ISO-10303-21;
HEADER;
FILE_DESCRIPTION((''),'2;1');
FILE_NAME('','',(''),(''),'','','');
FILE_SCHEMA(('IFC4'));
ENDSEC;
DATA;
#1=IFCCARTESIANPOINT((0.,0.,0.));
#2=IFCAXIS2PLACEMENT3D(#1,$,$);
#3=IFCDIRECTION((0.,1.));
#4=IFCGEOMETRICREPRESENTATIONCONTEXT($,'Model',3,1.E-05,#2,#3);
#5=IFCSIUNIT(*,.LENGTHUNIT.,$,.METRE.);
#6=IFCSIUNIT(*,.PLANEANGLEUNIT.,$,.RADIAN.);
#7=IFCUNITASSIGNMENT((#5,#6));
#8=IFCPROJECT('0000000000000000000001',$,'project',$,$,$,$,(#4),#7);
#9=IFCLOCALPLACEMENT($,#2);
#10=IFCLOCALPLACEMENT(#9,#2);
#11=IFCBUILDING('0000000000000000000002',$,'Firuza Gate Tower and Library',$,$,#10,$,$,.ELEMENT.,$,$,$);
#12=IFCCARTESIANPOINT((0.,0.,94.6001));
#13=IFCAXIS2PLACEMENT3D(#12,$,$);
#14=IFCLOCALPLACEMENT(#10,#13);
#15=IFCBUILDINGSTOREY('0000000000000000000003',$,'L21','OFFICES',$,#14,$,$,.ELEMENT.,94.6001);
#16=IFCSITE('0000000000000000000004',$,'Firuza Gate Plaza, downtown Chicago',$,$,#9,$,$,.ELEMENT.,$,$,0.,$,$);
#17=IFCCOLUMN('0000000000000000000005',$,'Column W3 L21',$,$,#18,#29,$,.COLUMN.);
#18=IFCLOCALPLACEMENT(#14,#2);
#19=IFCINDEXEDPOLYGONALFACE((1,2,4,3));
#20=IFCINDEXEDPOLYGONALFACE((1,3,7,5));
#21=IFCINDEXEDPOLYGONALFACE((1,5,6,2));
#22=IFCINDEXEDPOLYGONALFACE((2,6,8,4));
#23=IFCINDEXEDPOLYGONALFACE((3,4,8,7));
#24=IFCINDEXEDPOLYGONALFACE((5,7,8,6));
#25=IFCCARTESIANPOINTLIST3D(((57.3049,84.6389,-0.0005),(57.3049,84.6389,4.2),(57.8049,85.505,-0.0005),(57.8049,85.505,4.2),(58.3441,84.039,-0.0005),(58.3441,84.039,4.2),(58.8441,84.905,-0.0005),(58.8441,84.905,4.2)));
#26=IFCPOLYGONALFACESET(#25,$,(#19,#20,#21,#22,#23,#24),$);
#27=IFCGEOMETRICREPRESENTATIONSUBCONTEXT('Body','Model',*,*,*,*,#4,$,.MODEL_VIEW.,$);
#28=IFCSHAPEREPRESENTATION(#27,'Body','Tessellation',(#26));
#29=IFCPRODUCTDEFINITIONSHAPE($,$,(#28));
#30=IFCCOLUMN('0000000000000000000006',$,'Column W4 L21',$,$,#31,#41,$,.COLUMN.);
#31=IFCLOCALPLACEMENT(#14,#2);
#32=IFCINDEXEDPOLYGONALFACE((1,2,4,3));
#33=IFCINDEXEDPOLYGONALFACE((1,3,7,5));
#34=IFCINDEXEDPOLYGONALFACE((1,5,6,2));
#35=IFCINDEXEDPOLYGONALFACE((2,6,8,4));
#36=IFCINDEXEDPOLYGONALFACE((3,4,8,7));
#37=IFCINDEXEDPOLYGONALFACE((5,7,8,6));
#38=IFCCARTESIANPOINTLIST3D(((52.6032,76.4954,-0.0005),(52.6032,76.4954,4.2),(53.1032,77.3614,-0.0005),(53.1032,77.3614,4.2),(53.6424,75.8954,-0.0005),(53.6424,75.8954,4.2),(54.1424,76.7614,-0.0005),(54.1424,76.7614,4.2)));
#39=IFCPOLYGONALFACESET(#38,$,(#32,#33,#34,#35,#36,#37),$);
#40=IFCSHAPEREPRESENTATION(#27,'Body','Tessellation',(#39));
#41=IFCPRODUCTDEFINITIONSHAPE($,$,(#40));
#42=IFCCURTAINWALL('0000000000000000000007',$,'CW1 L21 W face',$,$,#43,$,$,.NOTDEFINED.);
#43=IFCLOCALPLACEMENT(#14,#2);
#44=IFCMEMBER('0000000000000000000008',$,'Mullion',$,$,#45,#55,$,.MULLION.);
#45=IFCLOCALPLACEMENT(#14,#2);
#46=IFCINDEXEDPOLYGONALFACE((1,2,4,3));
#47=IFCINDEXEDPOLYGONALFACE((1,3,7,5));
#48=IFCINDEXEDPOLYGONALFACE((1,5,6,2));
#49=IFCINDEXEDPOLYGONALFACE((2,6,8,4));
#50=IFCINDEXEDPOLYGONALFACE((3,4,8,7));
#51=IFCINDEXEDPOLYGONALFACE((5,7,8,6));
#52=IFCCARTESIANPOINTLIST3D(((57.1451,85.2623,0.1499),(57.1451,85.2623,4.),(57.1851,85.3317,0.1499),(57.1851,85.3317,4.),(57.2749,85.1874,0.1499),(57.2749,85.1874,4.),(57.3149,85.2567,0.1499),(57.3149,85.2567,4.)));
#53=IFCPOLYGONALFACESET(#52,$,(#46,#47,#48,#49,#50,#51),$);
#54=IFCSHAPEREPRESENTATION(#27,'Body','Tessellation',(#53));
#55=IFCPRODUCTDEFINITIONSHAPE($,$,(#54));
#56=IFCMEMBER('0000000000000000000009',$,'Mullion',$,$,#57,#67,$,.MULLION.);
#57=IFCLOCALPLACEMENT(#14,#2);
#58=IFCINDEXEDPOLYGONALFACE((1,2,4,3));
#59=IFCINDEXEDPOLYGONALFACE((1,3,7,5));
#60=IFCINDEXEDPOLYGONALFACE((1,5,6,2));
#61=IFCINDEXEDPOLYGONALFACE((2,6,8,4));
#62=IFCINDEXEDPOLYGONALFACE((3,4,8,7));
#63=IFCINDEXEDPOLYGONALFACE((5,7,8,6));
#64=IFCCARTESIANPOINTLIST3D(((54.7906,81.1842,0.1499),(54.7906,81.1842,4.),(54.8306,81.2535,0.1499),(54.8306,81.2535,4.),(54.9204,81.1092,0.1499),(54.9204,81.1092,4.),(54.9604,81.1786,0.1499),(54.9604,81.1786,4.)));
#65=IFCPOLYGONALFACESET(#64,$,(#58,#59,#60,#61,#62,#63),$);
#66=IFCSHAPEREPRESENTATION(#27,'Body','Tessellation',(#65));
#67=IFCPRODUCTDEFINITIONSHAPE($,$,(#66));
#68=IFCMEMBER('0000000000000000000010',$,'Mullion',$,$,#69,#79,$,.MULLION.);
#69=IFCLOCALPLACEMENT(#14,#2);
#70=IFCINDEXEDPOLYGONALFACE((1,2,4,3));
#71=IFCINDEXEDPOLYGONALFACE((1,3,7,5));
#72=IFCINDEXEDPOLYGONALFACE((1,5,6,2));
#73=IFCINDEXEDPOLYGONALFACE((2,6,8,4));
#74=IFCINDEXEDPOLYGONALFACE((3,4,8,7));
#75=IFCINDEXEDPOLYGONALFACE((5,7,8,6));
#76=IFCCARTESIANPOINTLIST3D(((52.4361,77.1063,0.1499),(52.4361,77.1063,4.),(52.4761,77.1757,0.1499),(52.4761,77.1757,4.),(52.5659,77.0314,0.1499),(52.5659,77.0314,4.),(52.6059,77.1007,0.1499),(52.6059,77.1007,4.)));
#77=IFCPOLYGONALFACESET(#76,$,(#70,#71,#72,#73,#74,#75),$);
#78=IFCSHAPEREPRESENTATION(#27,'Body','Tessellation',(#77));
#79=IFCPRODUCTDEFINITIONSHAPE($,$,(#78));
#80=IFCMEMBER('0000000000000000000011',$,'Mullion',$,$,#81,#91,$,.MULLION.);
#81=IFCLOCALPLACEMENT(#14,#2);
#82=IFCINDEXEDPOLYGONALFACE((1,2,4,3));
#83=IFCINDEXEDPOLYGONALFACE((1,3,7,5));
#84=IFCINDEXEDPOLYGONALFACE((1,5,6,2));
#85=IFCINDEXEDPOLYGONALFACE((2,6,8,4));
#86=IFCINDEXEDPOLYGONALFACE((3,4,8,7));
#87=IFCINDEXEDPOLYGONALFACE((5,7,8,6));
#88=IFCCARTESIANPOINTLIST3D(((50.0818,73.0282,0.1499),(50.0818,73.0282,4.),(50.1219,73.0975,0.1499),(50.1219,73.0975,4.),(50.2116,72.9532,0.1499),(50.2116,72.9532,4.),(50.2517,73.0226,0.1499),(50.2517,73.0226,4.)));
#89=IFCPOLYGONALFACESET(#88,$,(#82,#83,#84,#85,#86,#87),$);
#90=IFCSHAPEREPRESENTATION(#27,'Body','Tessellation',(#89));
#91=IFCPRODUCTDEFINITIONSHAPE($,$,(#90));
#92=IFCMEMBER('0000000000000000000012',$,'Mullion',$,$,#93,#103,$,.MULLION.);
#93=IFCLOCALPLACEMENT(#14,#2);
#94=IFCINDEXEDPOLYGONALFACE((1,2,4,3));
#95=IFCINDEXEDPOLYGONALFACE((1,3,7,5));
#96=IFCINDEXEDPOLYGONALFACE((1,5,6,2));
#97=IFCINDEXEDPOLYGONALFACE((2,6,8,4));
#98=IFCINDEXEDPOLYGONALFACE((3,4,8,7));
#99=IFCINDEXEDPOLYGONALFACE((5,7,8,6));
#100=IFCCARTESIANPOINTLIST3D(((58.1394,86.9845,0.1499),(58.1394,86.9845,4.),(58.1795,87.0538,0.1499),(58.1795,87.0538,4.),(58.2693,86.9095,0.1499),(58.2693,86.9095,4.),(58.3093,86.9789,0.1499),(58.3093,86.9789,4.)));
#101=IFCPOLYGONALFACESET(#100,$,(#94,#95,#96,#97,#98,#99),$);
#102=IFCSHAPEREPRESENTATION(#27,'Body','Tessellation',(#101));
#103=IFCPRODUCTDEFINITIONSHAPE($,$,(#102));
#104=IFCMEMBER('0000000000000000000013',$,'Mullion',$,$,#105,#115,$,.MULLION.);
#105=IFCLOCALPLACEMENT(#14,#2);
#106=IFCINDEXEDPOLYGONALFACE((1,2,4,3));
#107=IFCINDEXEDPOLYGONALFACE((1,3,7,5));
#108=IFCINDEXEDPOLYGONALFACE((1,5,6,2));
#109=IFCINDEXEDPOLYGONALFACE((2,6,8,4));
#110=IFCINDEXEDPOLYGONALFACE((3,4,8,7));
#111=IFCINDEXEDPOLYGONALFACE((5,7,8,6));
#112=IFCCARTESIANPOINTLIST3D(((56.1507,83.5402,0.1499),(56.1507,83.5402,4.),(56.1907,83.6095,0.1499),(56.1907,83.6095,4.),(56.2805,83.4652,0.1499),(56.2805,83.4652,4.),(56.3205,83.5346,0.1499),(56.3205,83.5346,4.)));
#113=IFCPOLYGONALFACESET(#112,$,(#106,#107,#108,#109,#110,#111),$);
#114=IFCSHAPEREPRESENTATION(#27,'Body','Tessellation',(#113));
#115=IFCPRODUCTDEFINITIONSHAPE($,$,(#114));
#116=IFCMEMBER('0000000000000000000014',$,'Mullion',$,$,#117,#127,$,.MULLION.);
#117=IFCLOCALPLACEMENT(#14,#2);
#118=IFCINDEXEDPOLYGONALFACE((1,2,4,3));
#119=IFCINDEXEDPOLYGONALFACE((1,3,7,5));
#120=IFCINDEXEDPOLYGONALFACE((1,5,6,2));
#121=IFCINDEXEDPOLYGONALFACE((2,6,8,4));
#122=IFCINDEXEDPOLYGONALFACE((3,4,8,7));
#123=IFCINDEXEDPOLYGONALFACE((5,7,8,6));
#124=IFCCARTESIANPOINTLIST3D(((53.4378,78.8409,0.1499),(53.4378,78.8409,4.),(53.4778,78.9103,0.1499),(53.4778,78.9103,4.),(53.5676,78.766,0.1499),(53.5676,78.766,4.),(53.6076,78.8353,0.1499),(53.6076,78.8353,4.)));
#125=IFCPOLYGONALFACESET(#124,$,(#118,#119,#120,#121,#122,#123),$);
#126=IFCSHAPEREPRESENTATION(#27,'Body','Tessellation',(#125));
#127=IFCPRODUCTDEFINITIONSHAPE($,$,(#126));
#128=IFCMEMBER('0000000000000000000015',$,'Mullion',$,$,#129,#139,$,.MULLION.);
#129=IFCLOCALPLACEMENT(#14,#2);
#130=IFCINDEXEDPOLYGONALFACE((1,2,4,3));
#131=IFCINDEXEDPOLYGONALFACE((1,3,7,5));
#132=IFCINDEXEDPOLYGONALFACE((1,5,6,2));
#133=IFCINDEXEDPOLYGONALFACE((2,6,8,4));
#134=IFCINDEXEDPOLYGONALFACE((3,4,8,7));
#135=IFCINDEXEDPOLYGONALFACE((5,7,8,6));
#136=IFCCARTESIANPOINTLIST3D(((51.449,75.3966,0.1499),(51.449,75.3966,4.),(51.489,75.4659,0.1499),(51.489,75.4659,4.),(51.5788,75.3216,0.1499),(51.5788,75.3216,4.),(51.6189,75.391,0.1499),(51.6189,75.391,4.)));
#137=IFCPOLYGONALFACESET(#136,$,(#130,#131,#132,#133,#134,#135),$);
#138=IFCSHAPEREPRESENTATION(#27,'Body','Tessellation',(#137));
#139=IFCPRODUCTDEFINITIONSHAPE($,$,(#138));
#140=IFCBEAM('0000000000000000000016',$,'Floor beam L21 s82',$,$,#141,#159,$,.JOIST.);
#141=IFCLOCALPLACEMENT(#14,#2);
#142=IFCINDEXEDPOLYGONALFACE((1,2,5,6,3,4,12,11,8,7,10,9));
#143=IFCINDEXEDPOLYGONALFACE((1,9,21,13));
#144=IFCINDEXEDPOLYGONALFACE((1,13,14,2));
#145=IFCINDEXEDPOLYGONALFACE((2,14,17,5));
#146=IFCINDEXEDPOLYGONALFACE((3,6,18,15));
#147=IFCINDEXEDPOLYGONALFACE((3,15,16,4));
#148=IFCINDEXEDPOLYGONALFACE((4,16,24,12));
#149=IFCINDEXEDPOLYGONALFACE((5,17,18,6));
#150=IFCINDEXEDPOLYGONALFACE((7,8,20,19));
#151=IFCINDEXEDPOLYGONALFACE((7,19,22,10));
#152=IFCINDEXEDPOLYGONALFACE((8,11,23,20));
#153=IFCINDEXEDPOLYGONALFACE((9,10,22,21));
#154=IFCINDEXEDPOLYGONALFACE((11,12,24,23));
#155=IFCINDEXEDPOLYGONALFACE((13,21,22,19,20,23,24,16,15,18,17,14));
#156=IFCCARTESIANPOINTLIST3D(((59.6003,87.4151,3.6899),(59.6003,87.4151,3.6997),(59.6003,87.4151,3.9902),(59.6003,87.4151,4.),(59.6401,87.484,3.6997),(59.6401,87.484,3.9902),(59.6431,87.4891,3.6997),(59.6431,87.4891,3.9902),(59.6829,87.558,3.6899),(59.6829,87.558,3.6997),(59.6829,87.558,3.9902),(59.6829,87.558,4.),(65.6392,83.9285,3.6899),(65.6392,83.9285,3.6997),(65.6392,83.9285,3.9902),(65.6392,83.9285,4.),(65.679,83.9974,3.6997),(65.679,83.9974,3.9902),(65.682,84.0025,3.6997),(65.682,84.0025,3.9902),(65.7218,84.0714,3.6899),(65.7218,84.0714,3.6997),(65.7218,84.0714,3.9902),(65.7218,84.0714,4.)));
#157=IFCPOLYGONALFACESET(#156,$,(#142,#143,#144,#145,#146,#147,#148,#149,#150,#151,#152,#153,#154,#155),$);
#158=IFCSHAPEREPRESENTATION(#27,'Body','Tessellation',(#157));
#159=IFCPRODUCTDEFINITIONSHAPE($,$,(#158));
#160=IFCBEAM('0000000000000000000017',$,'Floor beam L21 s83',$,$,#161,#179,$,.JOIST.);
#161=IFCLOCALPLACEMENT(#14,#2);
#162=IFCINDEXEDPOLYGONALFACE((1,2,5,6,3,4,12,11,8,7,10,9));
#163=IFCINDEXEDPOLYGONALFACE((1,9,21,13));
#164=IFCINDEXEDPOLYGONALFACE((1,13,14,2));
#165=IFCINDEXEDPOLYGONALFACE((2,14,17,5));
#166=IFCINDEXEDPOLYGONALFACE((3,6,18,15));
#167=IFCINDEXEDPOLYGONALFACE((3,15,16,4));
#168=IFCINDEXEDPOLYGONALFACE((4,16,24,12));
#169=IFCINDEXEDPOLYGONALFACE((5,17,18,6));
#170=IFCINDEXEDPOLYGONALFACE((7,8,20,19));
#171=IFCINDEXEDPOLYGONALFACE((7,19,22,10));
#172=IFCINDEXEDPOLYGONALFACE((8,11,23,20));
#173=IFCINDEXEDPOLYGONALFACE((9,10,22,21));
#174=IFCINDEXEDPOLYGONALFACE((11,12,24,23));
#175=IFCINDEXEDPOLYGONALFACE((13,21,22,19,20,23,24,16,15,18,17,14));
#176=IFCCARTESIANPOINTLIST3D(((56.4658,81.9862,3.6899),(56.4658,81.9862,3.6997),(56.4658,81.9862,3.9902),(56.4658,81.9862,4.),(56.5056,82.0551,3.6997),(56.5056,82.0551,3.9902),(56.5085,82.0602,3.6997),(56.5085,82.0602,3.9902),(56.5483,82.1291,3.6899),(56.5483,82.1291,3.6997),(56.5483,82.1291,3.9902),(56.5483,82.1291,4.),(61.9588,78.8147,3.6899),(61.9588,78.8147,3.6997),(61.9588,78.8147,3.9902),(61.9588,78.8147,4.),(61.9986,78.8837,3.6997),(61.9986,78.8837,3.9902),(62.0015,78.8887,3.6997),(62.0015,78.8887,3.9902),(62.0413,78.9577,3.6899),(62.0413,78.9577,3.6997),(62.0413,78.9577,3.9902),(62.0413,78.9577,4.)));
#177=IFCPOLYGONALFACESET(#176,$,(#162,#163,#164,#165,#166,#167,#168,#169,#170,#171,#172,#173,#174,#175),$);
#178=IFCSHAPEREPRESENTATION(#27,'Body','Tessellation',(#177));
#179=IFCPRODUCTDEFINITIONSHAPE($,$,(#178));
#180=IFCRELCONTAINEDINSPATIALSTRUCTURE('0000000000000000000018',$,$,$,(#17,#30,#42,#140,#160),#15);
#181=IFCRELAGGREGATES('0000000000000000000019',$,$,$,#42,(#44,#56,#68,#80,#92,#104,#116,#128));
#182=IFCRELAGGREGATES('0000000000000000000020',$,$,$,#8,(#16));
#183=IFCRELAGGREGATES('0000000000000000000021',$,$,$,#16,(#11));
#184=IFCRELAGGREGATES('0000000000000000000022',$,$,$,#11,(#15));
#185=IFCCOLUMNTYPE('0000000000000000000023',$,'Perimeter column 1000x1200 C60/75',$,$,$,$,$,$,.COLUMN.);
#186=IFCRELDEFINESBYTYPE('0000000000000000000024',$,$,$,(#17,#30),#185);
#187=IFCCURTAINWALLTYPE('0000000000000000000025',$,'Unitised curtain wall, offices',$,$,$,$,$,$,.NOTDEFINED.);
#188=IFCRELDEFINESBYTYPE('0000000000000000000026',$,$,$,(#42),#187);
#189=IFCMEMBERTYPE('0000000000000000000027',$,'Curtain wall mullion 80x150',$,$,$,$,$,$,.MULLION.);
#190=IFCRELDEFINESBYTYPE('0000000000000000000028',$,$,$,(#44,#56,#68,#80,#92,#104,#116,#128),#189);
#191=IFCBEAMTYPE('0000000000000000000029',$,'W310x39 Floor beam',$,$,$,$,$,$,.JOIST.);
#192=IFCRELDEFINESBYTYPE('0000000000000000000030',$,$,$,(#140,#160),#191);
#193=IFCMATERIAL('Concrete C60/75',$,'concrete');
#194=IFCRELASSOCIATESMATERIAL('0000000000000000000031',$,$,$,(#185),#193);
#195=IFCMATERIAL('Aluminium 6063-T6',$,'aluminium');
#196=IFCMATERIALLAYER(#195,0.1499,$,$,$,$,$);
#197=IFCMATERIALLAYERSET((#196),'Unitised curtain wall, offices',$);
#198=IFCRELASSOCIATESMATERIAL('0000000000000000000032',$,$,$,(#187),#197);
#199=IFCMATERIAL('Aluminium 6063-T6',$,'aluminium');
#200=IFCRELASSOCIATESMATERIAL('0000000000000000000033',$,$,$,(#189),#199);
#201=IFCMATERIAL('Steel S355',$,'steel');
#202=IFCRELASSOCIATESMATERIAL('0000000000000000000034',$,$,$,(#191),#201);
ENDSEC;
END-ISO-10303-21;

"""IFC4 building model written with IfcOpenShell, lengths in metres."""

from ifc_helpers import new_model, si_unit, direction, frame, origin, origin_2d, place, context, subcontext, project, spatial, rectangle, i_section, extrude, material, layer, layer_set, material_profile, profile_set, type_object, element, aggregate, save


model = new_model("IFC4")

# Units and contexts
model_context = context("Model", 3, precision=1e-05, world=origin(), true_north=direction((0.0, 1.0)))
body_context = subcontext(model_context, "Body", "Model", "MODEL_VIEW")
ifc_project = project(units=[si_unit("LENGTHUNIT", "METRE"), si_unit("PLANEANGLEUNIT", "RADIAN")], contexts=[model_context])

# Site, building, storey
site_placement = place(None, origin())
site = spatial("IfcSite", under=ifc_project, at=site_placement, Name="Firuza Gate Plaza, downtown Chicago", CompositionType="ELEMENT", RefElevation=0.0)
building_placement = place(site_placement, origin())
building = spatial("IfcBuilding", under=site, at=building_placement, Name="Firuza Gate Tower and Library", CompositionType="ELEMENT")
storey_placement = place(building_placement, frame((0.0, 0.0, 94.6001)))
storey = spatial("IfcBuildingStorey", under=building, at=storey_placement, Name="L21", Description="OFFICES", CompositionType="ELEMENT", Elevation=94.6001)

# Columns
ifc_material_1 = material(Name="Concrete C60/75", Category="concrete")
ifc_material_profile_1 = material_profile(ifc_material_1, rectangle(XDim=1.0, YDim=1.2, at=origin_2d()))
ifc_profile_set_1 = profile_set([ifc_material_profile_1], Name="Concrete C60/75")
column_type = type_object("IfcColumnType", Name="Perimeter column 1000x1200 C60/75", PredefinedType="COLUMN", material=ifc_profile_set_1)
for number, where, z_axis, x_axis, name in (
    (1, (58.0745, 84.772, -0.0005), (0.0, 0.0, 1.0), (-0.5, -0.866025, 0.0), "Column W3 L21"),
    (2, (53.3728, 76.6284, -0.0005), (0.0, 0.0, 1.0), (-0.5, -0.866025, 0.0), "Column W4 L21"),
):
    element("IfcColumn", number, at=place(storey_placement, frame(where, z_axis=z_axis, x_axis=x_axis)), inside=storey, type_object=column_type, Name=name, PredefinedType="COLUMN", context=body_context, shape_type="SweptSolid", body=[
        extrude(rectangle(XDim=1.0, YDim=1.2, at=origin_2d()), origin(), (0.0, 0.0, 1.0), 4.2004),
    ])

# Curtain wall, members
ifc_material_2 = material(Name="Aluminium 6063-T6", Category="aluminium")
ifc_layer_1 = layer(ifc_material_2, 0.1499)
ifc_layer_set_1 = layer_set([ifc_layer_1], Name="Unitised curtain wall, offices")
curtain_wall_type = type_object("IfcCurtainWallType", Name="Unitised curtain wall, offices", PredefinedType="NOTDEFINED", material=ifc_layer_set_1)
curtain_wall_placement = place(storey_placement, origin())
curtain_wall = element("IfcCurtainWall", 3, at=curtain_wall_placement, inside=storey, type_object=curtain_wall_type, Name="CW1 L21 W face", PredefinedType="NOTDEFINED")
ifc_material_3 = material(Name="Aluminium 6063-T6", Category="aluminium")
ifc_material_profile_2 = material_profile(ifc_material_3, rectangle(XDim=0.1499, YDim=0.0801, at=origin_2d()))
ifc_profile_set_2 = profile_set([ifc_material_profile_2], Name="Aluminium 6063-T6")
member_type = type_object("IfcMemberType", Name="Curtain wall mullion 80x150", PredefinedType="MULLION", material=ifc_profile_set_2)
member_1_placement = place(storey_placement, frame((57.23, 85.2595, 0.1499), z_axis=(0.0, 0.0, 1.0), x_axis=(0.866025, -0.5, 0.0)))
member_1 = element("IfcMember", 4, at=member_1_placement, type_object=member_type, Name="Mullion", PredefinedType="MULLION", context=body_context, shape_type="SweptSolid", body=[
    extrude(rectangle(XDim=0.1499, YDim=0.0801, at=origin_2d()), origin(), (0.0, 0.0, 1.0), 3.8501),
])
member_2_placement = place(storey_placement, frame((54.8755, 81.1814, 0.1499), z_axis=(0.0, 0.0, 1.0), x_axis=(0.866025, -0.5, 0.0)))
member_2 = element("IfcMember", 5, at=member_2_placement, type_object=member_type, Name="Mullion", PredefinedType="MULLION", context=body_context, shape_type="SweptSolid", body=[
    extrude(rectangle(XDim=0.1499, YDim=0.0801, at=origin_2d()), origin(), (0.0, 0.0, 1.0), 3.8501),
])
member_3_placement = place(storey_placement, frame((52.521, 77.1035, 0.1499), z_axis=(0.0, 0.0, 1.0), x_axis=(0.866025, -0.5, 0.0)))
member_3 = element("IfcMember", 6, at=member_3_placement, type_object=member_type, Name="Mullion", PredefinedType="MULLION", context=body_context, shape_type="SweptSolid", body=[
    extrude(rectangle(XDim=0.1499, YDim=0.0801, at=origin_2d()), origin(), (0.0, 0.0, 1.0), 3.8501),
])
member_4_placement = place(storey_placement, frame((50.1667, 73.0254, 0.1499), z_axis=(0.0, 0.0, 1.0), x_axis=(0.866025, -0.5, 0.0)))
member_4 = element("IfcMember", 7, at=member_4_placement, type_object=member_type, Name="Mullion", PredefinedType="MULLION", context=body_context, shape_type="SweptSolid", body=[
    extrude(rectangle(XDim=0.1499, YDim=0.0801, at=origin_2d()), origin(), (0.0, 0.0, 1.0), 3.8501),
])
member_5_placement = place(storey_placement, frame((58.2244, 86.9817, 0.1499), z_axis=(0.0, 0.0, 1.0), x_axis=(0.866025, -0.5, 0.0)))
member_5 = element("IfcMember", 8, at=member_5_placement, type_object=member_type, Name="Mullion", PredefinedType="MULLION", context=body_context, shape_type="SweptSolid", body=[
    extrude(rectangle(XDim=0.1499, YDim=0.0801, at=origin_2d()), origin(), (0.0, 0.0, 1.0), 3.8501),
])
member_6_placement = place(storey_placement, frame((56.2356, 83.5374, 0.1499), z_axis=(0.0, 0.0, 1.0), x_axis=(0.866025, -0.5, 0.0)))
member_6 = element("IfcMember", 9, at=member_6_placement, type_object=member_type, Name="Mullion", PredefinedType="MULLION", context=body_context, shape_type="SweptSolid", body=[
    extrude(rectangle(XDim=0.1499, YDim=0.0801, at=origin_2d()), origin(), (0.0, 0.0, 1.0), 3.8501),
])
member_7_placement = place(storey_placement, frame((53.5227, 78.8381, 0.1499), z_axis=(0.0, 0.0, 1.0), x_axis=(0.866025, -0.5, 0.0)))
member_7 = element("IfcMember", 10, at=member_7_placement, type_object=member_type, Name="Mullion", PredefinedType="MULLION", context=body_context, shape_type="SweptSolid", body=[
    extrude(rectangle(XDim=0.1499, YDim=0.0801, at=origin_2d()), origin(), (0.0, 0.0, 1.0), 3.8501),
])
member_8_placement = place(storey_placement, frame((51.5339, 75.3938, 0.1499), z_axis=(0.0, 0.0, 1.0), x_axis=(0.866025, -0.5, 0.0)))
member_8 = element("IfcMember", 11, at=member_8_placement, type_object=member_type, Name="Mullion", PredefinedType="MULLION", context=body_context, shape_type="SweptSolid", body=[
    extrude(rectangle(XDim=0.1499, YDim=0.0801, at=origin_2d()), origin(), (0.0, 0.0, 1.0), 3.8501),
])

# Beams
ifc_material_4 = material(Name="Steel S355", Category="steel")
ifc_material_profile_3 = material_profile(ifc_material_4, i_section(OverallWidth=0.165, OverallDepth=0.3101, WebThickness=0.0059, FlangeThickness=0.0098, at=origin_2d()))
ifc_profile_set_3 = profile_set([ifc_material_profile_3], Name="Steel S355")
beam_type_1 = type_object("IfcBeamType", Name="W310x39 Floor beam", PredefinedType="JOIST", material=ifc_profile_set_3)
beam_1_placement = place(storey_placement, frame((59.6416, 87.4866, 3.845), z_axis=(0.866022, -0.500006, 0.0), x_axis=(0.500006, 0.866022, 0.0)))
element("IfcBeam", 12, at=beam_1_placement, inside=storey, type_object=beam_type_1, Name="Floor beam L21 s82", PredefinedType="JOIST", context=body_context, shape_type="SweptSolid", body=[
    extrude(i_section(OverallWidth=0.165, OverallDepth=0.3101, WebThickness=0.0059, FlangeThickness=0.0098, at=origin_2d()), origin(), (0.0, 0.0, 1.0), 6.9731),
])
beam_2_placement = place(storey_placement, frame((56.5071, 82.0576, 3.845), z_axis=(0.866022, -0.500006, 0.0), x_axis=(0.500006, 0.866022, 0.0)))
element("IfcBeam", 13, at=beam_2_placement, inside=storey, type_object=beam_type_1, Name="Floor beam L21 s83", PredefinedType="JOIST", context=body_context, shape_type="SweptSolid", body=[
    extrude(i_section(OverallWidth=0.165, OverallDepth=0.3101, WebThickness=0.0059, FlangeThickness=0.0098, at=origin_2d()), origin(), (0.0, 0.0, 1.0), 6.3428),
])

aggregate(curtain_wall, [member_1, member_2, member_3, member_4, member_5, member_6, member_7, member_8])

save(model, "model.ifc")
